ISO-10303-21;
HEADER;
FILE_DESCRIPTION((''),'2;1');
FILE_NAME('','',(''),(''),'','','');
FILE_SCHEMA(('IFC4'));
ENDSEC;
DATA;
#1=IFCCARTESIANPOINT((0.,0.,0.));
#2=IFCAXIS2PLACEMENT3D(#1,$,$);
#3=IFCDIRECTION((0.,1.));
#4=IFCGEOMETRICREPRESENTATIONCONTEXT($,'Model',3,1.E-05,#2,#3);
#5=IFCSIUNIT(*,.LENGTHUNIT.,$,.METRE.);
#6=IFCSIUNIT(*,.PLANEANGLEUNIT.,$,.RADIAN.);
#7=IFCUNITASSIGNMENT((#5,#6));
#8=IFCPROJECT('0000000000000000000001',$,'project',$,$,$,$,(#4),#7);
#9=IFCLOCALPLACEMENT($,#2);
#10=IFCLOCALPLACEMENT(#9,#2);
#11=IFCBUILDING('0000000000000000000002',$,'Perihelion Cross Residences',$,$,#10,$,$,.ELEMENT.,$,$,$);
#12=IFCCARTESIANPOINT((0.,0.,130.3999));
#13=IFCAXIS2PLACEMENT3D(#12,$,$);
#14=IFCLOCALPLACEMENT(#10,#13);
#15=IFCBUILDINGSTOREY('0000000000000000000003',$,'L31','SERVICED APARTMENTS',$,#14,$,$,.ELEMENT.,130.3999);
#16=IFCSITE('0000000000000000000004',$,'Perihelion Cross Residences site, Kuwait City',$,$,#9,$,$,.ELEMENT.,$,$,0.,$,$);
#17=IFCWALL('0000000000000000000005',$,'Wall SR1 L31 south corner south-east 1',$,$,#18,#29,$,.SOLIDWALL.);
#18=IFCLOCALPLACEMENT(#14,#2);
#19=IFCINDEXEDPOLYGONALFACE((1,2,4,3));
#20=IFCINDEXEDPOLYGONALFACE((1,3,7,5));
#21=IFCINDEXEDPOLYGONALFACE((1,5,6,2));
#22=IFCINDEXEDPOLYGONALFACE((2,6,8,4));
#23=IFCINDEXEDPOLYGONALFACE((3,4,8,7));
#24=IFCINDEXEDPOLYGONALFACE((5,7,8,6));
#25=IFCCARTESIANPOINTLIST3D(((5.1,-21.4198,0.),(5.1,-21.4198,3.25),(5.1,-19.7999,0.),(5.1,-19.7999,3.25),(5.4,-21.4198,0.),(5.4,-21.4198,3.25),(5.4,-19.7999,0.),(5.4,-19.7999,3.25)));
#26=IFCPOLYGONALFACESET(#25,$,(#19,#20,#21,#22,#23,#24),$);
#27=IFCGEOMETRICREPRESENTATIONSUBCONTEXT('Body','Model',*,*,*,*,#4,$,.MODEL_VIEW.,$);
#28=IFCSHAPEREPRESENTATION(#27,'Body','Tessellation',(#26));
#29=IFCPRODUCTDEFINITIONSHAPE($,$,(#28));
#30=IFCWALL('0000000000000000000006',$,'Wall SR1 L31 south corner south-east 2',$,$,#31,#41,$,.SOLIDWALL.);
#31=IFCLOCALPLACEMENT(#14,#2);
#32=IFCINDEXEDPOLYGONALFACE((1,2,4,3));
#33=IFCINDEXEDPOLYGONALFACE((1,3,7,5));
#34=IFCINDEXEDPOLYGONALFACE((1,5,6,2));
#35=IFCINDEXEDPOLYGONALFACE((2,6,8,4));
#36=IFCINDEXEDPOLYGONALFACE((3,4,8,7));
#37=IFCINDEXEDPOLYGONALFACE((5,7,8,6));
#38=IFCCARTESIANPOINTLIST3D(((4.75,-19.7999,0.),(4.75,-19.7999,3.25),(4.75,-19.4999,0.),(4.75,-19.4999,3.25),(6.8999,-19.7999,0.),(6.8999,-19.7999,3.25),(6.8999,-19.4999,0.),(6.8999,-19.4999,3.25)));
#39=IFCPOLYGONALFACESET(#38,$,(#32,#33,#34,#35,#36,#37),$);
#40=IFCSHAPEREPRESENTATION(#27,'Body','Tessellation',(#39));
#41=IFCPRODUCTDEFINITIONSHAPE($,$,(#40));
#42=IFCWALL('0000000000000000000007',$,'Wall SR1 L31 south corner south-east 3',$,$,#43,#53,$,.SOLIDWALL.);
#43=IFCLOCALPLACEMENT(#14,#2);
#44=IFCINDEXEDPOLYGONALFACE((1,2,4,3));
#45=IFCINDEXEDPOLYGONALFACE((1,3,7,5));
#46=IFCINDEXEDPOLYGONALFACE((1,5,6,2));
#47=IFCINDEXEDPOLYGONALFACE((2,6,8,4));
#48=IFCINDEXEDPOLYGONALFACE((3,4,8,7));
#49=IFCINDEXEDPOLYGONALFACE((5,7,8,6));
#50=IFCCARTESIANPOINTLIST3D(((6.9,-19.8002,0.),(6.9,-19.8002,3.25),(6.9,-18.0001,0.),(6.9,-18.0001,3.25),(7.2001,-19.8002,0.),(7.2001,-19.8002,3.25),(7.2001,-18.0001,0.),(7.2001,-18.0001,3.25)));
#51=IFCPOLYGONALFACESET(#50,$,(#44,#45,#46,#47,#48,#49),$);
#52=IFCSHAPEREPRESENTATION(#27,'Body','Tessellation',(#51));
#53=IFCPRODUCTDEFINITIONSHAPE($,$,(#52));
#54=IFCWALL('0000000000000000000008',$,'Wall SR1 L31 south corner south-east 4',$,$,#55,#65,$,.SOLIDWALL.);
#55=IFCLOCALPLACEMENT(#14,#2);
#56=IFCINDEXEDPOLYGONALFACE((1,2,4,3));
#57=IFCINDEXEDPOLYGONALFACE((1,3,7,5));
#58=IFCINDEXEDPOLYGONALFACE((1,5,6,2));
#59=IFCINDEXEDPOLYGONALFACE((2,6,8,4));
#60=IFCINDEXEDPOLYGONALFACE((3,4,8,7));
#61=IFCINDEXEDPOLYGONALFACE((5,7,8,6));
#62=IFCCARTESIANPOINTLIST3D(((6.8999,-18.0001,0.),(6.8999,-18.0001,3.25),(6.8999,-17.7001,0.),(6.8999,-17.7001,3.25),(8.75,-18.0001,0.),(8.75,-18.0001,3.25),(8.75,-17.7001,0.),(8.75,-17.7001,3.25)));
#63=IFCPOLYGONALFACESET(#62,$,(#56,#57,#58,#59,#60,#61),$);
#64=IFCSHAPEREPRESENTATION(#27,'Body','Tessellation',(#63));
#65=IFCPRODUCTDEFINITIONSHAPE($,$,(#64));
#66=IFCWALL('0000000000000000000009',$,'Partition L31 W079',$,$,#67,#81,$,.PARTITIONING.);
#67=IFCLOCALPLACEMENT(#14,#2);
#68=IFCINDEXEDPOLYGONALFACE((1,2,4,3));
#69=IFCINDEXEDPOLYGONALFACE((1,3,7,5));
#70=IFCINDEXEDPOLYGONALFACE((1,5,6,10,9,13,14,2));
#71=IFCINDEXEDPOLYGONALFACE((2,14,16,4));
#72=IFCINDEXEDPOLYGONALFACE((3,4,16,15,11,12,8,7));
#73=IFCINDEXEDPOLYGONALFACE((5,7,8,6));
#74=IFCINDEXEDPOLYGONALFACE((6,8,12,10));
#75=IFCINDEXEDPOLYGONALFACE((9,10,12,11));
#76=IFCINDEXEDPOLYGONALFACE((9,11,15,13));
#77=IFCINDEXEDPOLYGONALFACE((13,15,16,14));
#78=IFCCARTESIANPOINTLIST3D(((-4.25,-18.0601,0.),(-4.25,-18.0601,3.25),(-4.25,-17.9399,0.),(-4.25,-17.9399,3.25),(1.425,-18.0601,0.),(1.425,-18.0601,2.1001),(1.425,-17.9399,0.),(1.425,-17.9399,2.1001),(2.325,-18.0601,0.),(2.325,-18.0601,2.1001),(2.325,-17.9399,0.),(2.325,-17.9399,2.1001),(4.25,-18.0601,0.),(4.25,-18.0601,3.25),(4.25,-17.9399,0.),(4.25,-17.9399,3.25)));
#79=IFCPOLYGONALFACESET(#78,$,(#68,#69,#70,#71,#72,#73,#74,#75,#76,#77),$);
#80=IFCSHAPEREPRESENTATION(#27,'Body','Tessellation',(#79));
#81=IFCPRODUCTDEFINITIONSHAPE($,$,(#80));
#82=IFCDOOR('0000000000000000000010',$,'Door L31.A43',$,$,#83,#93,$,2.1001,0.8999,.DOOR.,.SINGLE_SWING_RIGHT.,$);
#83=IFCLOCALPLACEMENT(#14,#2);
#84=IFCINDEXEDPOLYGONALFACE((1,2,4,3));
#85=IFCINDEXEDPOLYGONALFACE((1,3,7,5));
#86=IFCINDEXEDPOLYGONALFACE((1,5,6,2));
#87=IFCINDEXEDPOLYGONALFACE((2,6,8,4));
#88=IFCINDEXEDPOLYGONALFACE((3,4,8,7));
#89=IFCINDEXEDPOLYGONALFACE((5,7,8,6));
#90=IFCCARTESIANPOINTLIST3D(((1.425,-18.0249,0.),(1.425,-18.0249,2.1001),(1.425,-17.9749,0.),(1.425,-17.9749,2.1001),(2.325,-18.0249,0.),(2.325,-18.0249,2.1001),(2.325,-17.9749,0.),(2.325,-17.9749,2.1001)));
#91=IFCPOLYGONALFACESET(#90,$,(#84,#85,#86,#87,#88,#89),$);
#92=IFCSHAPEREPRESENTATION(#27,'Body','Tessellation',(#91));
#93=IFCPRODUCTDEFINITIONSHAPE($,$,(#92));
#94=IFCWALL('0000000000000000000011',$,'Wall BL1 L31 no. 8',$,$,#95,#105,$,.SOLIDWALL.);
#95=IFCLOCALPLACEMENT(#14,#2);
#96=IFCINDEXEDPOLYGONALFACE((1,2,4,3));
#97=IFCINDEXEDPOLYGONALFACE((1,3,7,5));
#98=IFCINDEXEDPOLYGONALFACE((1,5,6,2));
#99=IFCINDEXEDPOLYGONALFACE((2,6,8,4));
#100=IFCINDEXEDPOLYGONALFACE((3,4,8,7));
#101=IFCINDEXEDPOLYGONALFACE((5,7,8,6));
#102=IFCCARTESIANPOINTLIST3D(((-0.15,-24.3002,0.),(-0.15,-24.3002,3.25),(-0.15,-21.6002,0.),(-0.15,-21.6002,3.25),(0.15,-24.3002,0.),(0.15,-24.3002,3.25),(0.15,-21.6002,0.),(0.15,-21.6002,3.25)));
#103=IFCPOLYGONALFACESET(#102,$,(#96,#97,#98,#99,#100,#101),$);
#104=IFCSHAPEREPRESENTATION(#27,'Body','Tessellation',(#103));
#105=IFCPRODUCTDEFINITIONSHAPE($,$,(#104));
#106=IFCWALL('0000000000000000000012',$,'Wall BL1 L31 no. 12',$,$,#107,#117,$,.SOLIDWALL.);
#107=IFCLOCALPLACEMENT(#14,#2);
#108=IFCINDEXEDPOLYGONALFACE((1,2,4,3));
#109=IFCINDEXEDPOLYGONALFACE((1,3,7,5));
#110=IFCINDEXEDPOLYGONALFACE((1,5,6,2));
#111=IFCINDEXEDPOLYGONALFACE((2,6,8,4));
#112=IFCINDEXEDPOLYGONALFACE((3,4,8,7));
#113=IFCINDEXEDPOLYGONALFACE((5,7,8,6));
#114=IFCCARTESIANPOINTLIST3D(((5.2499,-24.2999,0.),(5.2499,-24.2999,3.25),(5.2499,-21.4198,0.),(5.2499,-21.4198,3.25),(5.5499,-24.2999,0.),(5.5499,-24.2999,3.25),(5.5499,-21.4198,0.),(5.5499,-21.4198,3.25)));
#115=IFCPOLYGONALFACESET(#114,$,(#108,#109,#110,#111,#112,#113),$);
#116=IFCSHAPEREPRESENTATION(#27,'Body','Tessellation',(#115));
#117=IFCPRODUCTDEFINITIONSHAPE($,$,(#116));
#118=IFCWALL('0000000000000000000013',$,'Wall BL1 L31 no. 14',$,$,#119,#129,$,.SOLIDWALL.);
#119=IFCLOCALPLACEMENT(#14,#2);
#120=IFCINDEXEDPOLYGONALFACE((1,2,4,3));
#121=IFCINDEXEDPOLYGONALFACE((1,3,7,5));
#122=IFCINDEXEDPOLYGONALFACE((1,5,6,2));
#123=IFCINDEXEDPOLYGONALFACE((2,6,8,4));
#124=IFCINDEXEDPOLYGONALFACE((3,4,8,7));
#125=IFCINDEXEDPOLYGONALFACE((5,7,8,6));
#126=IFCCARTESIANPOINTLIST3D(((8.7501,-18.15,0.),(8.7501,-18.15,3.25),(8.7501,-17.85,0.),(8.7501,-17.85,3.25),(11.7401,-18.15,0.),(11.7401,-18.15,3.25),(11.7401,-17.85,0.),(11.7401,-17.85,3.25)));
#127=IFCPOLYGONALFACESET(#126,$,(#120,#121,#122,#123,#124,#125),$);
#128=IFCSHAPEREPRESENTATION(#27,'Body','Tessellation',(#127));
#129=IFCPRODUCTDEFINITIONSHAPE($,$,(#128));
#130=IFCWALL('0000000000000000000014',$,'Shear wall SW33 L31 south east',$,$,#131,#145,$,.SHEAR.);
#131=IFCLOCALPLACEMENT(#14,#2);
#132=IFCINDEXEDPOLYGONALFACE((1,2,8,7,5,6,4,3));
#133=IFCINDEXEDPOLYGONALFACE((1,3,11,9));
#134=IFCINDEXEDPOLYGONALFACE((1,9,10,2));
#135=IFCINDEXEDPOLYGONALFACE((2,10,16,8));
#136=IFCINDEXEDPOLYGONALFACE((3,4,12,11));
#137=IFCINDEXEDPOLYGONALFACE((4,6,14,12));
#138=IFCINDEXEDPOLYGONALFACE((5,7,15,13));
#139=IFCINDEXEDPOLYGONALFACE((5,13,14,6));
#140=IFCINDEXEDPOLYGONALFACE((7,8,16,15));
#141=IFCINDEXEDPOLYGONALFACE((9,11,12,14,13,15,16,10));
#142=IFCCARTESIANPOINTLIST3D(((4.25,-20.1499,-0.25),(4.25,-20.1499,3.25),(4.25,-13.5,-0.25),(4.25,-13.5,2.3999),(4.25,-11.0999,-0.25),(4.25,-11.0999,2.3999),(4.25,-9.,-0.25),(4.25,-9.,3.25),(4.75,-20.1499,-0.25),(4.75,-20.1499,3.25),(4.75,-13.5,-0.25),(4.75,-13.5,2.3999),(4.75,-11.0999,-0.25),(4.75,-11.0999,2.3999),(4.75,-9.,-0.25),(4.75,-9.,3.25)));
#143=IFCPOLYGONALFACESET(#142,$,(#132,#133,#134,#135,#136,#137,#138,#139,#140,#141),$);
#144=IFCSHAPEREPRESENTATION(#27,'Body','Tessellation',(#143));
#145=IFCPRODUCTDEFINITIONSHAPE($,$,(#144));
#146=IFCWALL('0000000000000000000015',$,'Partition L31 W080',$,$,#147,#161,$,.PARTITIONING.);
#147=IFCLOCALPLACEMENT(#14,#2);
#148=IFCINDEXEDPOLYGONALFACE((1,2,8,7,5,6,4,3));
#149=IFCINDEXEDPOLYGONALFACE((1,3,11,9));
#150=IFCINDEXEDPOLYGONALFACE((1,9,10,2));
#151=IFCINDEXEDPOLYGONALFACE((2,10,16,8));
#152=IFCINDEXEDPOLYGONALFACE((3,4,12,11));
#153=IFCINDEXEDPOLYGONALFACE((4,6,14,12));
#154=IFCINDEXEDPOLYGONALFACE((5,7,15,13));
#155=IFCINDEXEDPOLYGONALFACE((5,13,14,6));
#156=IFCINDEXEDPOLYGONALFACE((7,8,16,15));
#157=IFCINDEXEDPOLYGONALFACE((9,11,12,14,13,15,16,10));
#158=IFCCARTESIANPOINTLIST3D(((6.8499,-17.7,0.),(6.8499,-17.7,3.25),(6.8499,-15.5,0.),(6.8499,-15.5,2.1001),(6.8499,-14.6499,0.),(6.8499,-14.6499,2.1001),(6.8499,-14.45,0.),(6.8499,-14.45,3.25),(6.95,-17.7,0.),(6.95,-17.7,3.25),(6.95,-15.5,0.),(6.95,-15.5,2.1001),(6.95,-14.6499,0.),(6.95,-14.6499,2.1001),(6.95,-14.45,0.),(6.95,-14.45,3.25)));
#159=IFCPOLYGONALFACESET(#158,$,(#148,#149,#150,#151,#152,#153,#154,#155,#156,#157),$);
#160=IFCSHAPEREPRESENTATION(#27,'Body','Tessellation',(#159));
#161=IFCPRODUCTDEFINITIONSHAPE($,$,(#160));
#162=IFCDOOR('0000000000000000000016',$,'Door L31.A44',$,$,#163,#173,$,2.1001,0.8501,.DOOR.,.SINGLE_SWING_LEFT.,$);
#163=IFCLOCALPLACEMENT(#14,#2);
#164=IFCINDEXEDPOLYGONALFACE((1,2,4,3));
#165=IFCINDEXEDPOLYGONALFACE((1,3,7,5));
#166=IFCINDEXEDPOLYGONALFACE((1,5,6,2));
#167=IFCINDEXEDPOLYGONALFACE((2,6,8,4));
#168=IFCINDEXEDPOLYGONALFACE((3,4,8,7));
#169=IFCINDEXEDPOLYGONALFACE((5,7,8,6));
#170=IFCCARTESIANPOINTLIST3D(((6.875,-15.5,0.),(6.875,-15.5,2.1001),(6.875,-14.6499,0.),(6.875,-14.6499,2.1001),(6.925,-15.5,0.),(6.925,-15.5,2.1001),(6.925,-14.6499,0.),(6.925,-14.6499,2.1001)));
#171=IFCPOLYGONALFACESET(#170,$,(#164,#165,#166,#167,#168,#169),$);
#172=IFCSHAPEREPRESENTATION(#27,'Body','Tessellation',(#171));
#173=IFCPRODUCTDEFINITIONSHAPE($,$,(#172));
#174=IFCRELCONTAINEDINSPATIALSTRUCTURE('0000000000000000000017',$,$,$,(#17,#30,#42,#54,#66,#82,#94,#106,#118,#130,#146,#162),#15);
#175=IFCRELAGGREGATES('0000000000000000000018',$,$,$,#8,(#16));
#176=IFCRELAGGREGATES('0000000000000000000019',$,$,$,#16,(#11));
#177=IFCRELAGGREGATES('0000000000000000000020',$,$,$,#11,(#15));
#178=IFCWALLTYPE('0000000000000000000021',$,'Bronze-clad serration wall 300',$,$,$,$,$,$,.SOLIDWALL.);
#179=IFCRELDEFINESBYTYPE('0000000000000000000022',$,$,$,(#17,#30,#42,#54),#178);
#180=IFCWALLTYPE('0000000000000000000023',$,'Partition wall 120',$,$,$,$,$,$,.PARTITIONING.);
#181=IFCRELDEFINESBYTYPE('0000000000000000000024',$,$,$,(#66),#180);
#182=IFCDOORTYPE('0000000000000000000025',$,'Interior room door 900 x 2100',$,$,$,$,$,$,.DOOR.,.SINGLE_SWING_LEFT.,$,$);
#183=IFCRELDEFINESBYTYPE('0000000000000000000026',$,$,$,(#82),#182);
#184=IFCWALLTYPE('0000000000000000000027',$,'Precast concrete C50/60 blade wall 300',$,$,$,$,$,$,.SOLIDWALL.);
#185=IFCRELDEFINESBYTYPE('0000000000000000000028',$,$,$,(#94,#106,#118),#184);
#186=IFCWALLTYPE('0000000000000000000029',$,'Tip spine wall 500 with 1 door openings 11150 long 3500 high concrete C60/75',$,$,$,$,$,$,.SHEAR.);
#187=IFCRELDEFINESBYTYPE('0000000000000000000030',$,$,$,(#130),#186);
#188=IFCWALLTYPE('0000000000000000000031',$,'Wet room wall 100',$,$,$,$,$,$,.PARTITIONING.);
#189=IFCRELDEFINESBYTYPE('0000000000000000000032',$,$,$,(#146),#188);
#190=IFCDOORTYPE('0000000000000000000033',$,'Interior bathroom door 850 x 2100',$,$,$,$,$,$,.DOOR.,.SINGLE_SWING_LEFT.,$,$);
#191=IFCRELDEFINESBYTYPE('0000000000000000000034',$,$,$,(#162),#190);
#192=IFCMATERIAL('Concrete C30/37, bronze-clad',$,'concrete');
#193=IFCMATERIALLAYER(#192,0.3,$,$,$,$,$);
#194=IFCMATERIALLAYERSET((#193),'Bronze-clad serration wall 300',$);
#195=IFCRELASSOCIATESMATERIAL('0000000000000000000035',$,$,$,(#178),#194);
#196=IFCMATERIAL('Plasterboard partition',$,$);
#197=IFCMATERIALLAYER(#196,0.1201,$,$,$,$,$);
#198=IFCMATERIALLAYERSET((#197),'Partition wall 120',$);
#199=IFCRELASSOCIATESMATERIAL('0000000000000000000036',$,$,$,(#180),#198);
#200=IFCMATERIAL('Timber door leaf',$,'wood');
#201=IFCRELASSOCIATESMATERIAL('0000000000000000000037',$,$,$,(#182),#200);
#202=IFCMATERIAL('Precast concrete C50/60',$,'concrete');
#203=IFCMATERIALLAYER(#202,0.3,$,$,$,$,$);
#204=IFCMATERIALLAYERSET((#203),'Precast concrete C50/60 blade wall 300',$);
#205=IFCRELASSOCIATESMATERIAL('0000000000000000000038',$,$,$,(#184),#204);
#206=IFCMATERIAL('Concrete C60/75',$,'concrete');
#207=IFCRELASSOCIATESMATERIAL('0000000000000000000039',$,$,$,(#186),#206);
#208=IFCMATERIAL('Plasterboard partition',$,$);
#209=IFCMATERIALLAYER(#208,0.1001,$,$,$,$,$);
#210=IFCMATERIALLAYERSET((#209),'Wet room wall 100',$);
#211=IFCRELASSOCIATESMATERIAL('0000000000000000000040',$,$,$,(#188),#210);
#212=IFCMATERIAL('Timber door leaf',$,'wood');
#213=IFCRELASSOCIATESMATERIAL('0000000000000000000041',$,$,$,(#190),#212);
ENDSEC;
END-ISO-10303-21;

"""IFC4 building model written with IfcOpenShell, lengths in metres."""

from ifc_helpers import new_model, si_unit, direction, frame, frame_2d, origin, place, context, subcontext, project, spatial, polyline, rectangle, outline, extrude, material, layer, layer_set, material_profile, profile_set, type_object, element, fill, save


model = new_model("IFC4")

# Units and contexts
model_context = context("Model", 3, precision=1e-05, world=origin(), true_north=direction((0.0, 1.0)))
body_context = subcontext(model_context, "Body", "Model", "MODEL_VIEW")
ifc_project = project(units=[si_unit("LENGTHUNIT", "METRE"), si_unit("PLANEANGLEUNIT", "RADIAN")], contexts=[model_context])

# Site, building, storey
site_placement = place(None, origin())
site = spatial("IfcSite", under=ifc_project, at=site_placement, Name="Perihelion Cross Residences site, Kuwait City", CompositionType="ELEMENT", RefElevation=0.0)
building_placement = place(site_placement, origin())
building = spatial("IfcBuilding", under=site, at=building_placement, Name="Perihelion Cross Residences", CompositionType="ELEMENT")
storey_placement = place(building_placement, frame((0.0, 0.0, 130.3999)))
storey = spatial("IfcBuildingStorey", under=building, at=storey_placement, Name="L31", Description="SERVICED APARTMENTS", CompositionType="ELEMENT", Elevation=130.3999)

# Walls
ifc_material_1 = material(Name="Concrete C30/37, bronze-clad", Category="concrete")
ifc_layer_1 = layer(ifc_material_1, 0.3)
ifc_layer_set_1 = layer_set([ifc_layer_1], Name="Bronze-clad serration wall 300")
wall_type_1 = type_object("IfcWallType", Name="Bronze-clad serration wall 300", PredefinedType="SOLIDWALL", material=ifc_layer_set_1)
wall_1_placement = place(storey_placement, frame((5.25, -21.4199, 0.0), z_axis=(0.0, 0.0, 1.0), x_axis=(0.0, 1.0, 0.0)))
element("IfcWall", 1, at=wall_1_placement, inside=storey, type_object=wall_type_1, Name="Wall SR1 L31 south corner south-east 1", PredefinedType="SOLIDWALL", context=body_context, shape_type="SweptSolid", body=[
    extrude(rectangle(XDim=1.6199, YDim=0.3, at=frame_2d((0.8101, 0.0))), origin(), (0.0, 0.0, 1.0), 3.25),
])
wall_2_placement = place(storey_placement, frame((4.75, -19.6499, 0.0), z_axis=(0.0, 0.0, 1.0), x_axis=(1.0, 0.0, 0.0)))
element("IfcWall", 2, at=wall_2_placement, inside=storey, type_object=wall_type_1, Name="Wall SR1 L31 south corner south-east 2", PredefinedType="SOLIDWALL", context=body_context, shape_type="SweptSolid", body=[
    extrude(rectangle(XDim=2.1499, YDim=0.3, at=frame_2d((1.075, 0.0))), origin(), (0.0, 0.0, 1.0), 3.25),
])
wall_3_placement = place(storey_placement, frame((7.05, -19.8, 0.0), z_axis=(0.0, 0.0, 1.0), x_axis=(0.0, 1.0, 0.0)))
element("IfcWall", 3, at=wall_3_placement, inside=storey, type_object=wall_type_1, Name="Wall SR1 L31 south corner south-east 3", PredefinedType="SOLIDWALL", context=body_context, shape_type="SweptSolid", body=[
    extrude(rectangle(XDim=1.8, YDim=0.3, at=frame_2d((0.8999, 0.0))), origin(), (0.0, 0.0, 1.0), 3.25),
])
wall_4_placement = place(storey_placement, frame((6.8999, -17.8501, 0.0), z_axis=(0.0, 0.0, 1.0), x_axis=(1.0, 0.0, 0.0)))
element("IfcWall", 4, at=wall_4_placement, inside=storey, type_object=wall_type_1, Name="Wall SR1 L31 south corner south-east 4", PredefinedType="SOLIDWALL", context=body_context, shape_type="SweptSolid", body=[
    extrude(rectangle(XDim=1.8501, YDim=0.3, at=frame_2d((0.925, 0.0))), origin(), (0.0, 0.0, 1.0), 3.25),
])

# Wall, opening, door
ifc_material_2 = material(Name="Plasterboard partition")
ifc_layer_2 = layer(ifc_material_2, 0.1201)
ifc_layer_set_2 = layer_set([ifc_layer_2], Name="Partition wall 120")
wall_type_2 = type_object("IfcWallType", Name="Partition wall 120", PredefinedType="PARTITIONING", material=ifc_layer_set_2)
wall_5_placement = place(storey_placement, frame((4.25, -18.0, 0.0), z_axis=(0.0, 0.0, 1.0), x_axis=(-1.0, 0.0, 0.0)))
wall_5 = element("IfcWall", 5, at=wall_5_placement, inside=storey, type_object=wall_type_2, Name="Partition L31 W079", PredefinedType="PARTITIONING", context=body_context, shape_type="SweptSolid", body=[
    extrude(rectangle(XDim=8.5, YDim=0.1201, at=frame_2d((4.25, 0.0))), origin(), (0.0, 0.0, 1.0), 3.25),
])
opening_1_placement = place(wall_5_placement, frame((1.925, 0.0, 0.0)))
opening_1 = element("IfcOpeningElement", 6, at=opening_1_placement, cuts=wall_5, PredefinedType="OPENING", context=body_context, shape_type="SweptSolid", body=[
    extrude(rectangle(XDim=0.8999, YDim=2.1001, at=frame_2d((0.45, 1.05))), frame((0.0, 0.0701, 0.0), z_axis=(0.0, -1.0, 0.0), x_axis=(1.0, 0.0, 0.0)), (0.0, 0.0, 1.0), 0.1401),
])
ifc_material_3 = material(Name="Timber door leaf", Category="wood")
door_type_1 = type_object("IfcDoorType", Name="Interior room door 900 x 2100", OperationType="SINGLE_SWING_LEFT", PredefinedType="DOOR", material=ifc_material_3)
door_1_placement = place(opening_1_placement, origin())
door_1 = element("IfcDoor", 7, at=door_1_placement, inside=storey, type_object=door_type_1, Name="Door L31.A43", OperationType="SINGLE_SWING_RIGHT", OverallHeight=2.1001, OverallWidth=0.8999, PredefinedType="DOOR", context=body_context, shape_type="SweptSolid", body=[
    extrude(rectangle(XDim=0.8999, YDim=2.1001, at=frame_2d((0.45, 1.05))), frame((0.0, 0.0249, 0.0), z_axis=(0.0, -1.0, 0.0), x_axis=(1.0, 0.0, 0.0)), (0.0, 0.0, 1.0), 0.05),
])
fill(opening_1, door_1)

# Walls
ifc_material_4 = material(Name="Precast concrete C50/60", Category="concrete")
ifc_layer_3 = layer(ifc_material_4, 0.3)
ifc_layer_set_3 = layer_set([ifc_layer_3], Name="Precast concrete C50/60 blade wall 300")
wall_type_3 = type_object("IfcWallType", Name="Precast concrete C50/60 blade wall 300", PredefinedType="SOLIDWALL", material=ifc_layer_set_3)
wall_6_placement = place(storey_placement, frame((0.0, -21.6001, 0.0), z_axis=(0.0, 0.0, 1.0), x_axis=(0.0, -1.0, 0.0)))
element("IfcWall", 8, at=wall_6_placement, inside=storey, type_object=wall_type_3, Name="Wall BL1 L31 no. 8", PredefinedType="SOLIDWALL", context=body_context, shape_type="SweptSolid", body=[
    extrude(rectangle(XDim=2.7, YDim=0.3, at=frame_2d((1.3501, 0.0))), origin(), (0.0, 0.0, 1.0), 3.25),
])
wall_7_placement = place(storey_placement, frame((5.3999, -21.4199, 0.0), z_axis=(0.0, 0.0, 1.0), x_axis=(0.0, -1.0, 0.0)))
element("IfcWall", 9, at=wall_7_placement, inside=storey, type_object=wall_type_3, Name="Wall BL1 L31 no. 12", PredefinedType="SOLIDWALL", context=body_context, shape_type="SweptSolid", body=[
    extrude(rectangle(XDim=2.8801, YDim=0.3, at=frame_2d((1.4399, 0.0))), origin(), (0.0, 0.0, 1.0), 3.25),
])
wall_8_placement = place(storey_placement, frame((8.75, -18.0, 0.0), z_axis=(0.0, 0.0, 1.0), x_axis=(1.0, 0.0, 0.0)))
element("IfcWall", 10, at=wall_8_placement, inside=storey, type_object=wall_type_3, Name="Wall BL1 L31 no. 14", PredefinedType="SOLIDWALL", context=body_context, shape_type="SweptSolid", body=[
    extrude(rectangle(XDim=2.99, YDim=0.3, at=frame_2d((1.4951, 0.0))), origin(), (0.0, 0.0, 1.0), 3.25),
])
ifc_material_5 = material(Name="Concrete C60/75", Category="concrete")
ifc_material_profile_1 = material_profile(ifc_material_5, outline(polyline([(0.0, 0.0), (6.6499, 0.0), (6.6499, 2.6499), (9.05, 2.6499), (9.05, 0.0), (11.1499, 0.0), (11.1499, 3.5), (0.0, 3.5), (0.0, 0.0)])), Name="Tip spine wall")
ifc_profile_set_1 = profile_set([ifc_material_profile_1], Name="Concrete C60/75")
wall_type_4 = type_object("IfcWallType", Name="Tip spine wall 500 with 1 door openings 11150 long 3500 high concrete C60/75", PredefinedType="SHEAR", material=ifc_profile_set_1)
wall_9_placement = place(storey_placement, frame((4.25, -20.1499, -0.25), z_axis=(1.0, 0.0, 0.0), x_axis=(0.0, 1.0, 0.0)))
element("IfcWall", 11, at=wall_9_placement, inside=storey, type_object=wall_type_4, Name="Shear wall SW33 L31 south east", PredefinedType="SHEAR", context=body_context, shape_type="SweptSolid", body=[
    extrude(outline(polyline([(0.0, 0.0), (6.6499, 0.0), (6.6499, 2.6499), (9.05, 2.6499), (9.05, 0.0), (11.1499, 0.0), (11.1499, 3.5), (0.0, 3.5), (0.0, 0.0)])), origin(), (0.0, 0.0, 1.0), 0.5),
])

# Wall, opening, door
ifc_material_6 = material(Name="Plasterboard partition")
ifc_layer_4 = layer(ifc_material_6, 0.1001)
ifc_layer_set_4 = layer_set([ifc_layer_4], Name="Wet room wall 100")
wall_type_5 = type_object("IfcWallType", Name="Wet room wall 100", PredefinedType="PARTITIONING", material=ifc_layer_set_4)
wall_10_placement = place(storey_placement, frame((6.8999, -17.7, 0.0), z_axis=(0.0, 0.0, 1.0), x_axis=(0.0, 1.0, 0.0)))
wall_10 = element("IfcWall", 12, at=wall_10_placement, inside=storey, type_object=wall_type_5, Name="Partition L31 W080", PredefinedType="PARTITIONING", context=body_context, shape_type="SweptSolid", body=[
    extrude(rectangle(XDim=3.25, YDim=0.1001, at=frame_2d((1.625, 0.0))), origin(), (0.0, 0.0, 1.0), 3.25),
])
opening_2_placement = place(wall_10_placement, frame((2.2, 0.0, 0.0)))
opening_2 = element("IfcOpeningElement", 13, at=opening_2_placement, cuts=wall_10, PredefinedType="OPENING", context=body_context, shape_type="SweptSolid", body=[
    extrude(rectangle(XDim=0.8501, YDim=2.1001, at=frame_2d((0.425, 1.05))), frame((0.0, 0.0601, 0.0), z_axis=(0.0, -1.0, 0.0), x_axis=(1.0, 0.0, 0.0)), (0.0, 0.0, 1.0), 0.1201),
])
ifc_material_7 = material(Name="Timber door leaf", Category="wood")
door_type_2 = type_object("IfcDoorType", Name="Interior bathroom door 850 x 2100", OperationType="SINGLE_SWING_LEFT", PredefinedType="DOOR", material=ifc_material_7)
door_2_placement = place(opening_2_placement, origin())
door_2 = element("IfcDoor", 14, at=door_2_placement, inside=storey, type_object=door_type_2, Name="Door L31.A44", OperationType="SINGLE_SWING_LEFT", OverallHeight=2.1001, OverallWidth=0.8501, PredefinedType="DOOR", context=body_context, shape_type="SweptSolid", body=[
    extrude(rectangle(XDim=0.8501, YDim=2.1001, at=frame_2d((0.425, 1.05))), frame((0.0, 0.0249, 0.0), z_axis=(0.0, -1.0, 0.0), x_axis=(1.0, 0.0, 0.0)), (0.0, 0.0, 1.0), 0.05),
])
fill(opening_2, door_2)

save(model, "model.ifc")
